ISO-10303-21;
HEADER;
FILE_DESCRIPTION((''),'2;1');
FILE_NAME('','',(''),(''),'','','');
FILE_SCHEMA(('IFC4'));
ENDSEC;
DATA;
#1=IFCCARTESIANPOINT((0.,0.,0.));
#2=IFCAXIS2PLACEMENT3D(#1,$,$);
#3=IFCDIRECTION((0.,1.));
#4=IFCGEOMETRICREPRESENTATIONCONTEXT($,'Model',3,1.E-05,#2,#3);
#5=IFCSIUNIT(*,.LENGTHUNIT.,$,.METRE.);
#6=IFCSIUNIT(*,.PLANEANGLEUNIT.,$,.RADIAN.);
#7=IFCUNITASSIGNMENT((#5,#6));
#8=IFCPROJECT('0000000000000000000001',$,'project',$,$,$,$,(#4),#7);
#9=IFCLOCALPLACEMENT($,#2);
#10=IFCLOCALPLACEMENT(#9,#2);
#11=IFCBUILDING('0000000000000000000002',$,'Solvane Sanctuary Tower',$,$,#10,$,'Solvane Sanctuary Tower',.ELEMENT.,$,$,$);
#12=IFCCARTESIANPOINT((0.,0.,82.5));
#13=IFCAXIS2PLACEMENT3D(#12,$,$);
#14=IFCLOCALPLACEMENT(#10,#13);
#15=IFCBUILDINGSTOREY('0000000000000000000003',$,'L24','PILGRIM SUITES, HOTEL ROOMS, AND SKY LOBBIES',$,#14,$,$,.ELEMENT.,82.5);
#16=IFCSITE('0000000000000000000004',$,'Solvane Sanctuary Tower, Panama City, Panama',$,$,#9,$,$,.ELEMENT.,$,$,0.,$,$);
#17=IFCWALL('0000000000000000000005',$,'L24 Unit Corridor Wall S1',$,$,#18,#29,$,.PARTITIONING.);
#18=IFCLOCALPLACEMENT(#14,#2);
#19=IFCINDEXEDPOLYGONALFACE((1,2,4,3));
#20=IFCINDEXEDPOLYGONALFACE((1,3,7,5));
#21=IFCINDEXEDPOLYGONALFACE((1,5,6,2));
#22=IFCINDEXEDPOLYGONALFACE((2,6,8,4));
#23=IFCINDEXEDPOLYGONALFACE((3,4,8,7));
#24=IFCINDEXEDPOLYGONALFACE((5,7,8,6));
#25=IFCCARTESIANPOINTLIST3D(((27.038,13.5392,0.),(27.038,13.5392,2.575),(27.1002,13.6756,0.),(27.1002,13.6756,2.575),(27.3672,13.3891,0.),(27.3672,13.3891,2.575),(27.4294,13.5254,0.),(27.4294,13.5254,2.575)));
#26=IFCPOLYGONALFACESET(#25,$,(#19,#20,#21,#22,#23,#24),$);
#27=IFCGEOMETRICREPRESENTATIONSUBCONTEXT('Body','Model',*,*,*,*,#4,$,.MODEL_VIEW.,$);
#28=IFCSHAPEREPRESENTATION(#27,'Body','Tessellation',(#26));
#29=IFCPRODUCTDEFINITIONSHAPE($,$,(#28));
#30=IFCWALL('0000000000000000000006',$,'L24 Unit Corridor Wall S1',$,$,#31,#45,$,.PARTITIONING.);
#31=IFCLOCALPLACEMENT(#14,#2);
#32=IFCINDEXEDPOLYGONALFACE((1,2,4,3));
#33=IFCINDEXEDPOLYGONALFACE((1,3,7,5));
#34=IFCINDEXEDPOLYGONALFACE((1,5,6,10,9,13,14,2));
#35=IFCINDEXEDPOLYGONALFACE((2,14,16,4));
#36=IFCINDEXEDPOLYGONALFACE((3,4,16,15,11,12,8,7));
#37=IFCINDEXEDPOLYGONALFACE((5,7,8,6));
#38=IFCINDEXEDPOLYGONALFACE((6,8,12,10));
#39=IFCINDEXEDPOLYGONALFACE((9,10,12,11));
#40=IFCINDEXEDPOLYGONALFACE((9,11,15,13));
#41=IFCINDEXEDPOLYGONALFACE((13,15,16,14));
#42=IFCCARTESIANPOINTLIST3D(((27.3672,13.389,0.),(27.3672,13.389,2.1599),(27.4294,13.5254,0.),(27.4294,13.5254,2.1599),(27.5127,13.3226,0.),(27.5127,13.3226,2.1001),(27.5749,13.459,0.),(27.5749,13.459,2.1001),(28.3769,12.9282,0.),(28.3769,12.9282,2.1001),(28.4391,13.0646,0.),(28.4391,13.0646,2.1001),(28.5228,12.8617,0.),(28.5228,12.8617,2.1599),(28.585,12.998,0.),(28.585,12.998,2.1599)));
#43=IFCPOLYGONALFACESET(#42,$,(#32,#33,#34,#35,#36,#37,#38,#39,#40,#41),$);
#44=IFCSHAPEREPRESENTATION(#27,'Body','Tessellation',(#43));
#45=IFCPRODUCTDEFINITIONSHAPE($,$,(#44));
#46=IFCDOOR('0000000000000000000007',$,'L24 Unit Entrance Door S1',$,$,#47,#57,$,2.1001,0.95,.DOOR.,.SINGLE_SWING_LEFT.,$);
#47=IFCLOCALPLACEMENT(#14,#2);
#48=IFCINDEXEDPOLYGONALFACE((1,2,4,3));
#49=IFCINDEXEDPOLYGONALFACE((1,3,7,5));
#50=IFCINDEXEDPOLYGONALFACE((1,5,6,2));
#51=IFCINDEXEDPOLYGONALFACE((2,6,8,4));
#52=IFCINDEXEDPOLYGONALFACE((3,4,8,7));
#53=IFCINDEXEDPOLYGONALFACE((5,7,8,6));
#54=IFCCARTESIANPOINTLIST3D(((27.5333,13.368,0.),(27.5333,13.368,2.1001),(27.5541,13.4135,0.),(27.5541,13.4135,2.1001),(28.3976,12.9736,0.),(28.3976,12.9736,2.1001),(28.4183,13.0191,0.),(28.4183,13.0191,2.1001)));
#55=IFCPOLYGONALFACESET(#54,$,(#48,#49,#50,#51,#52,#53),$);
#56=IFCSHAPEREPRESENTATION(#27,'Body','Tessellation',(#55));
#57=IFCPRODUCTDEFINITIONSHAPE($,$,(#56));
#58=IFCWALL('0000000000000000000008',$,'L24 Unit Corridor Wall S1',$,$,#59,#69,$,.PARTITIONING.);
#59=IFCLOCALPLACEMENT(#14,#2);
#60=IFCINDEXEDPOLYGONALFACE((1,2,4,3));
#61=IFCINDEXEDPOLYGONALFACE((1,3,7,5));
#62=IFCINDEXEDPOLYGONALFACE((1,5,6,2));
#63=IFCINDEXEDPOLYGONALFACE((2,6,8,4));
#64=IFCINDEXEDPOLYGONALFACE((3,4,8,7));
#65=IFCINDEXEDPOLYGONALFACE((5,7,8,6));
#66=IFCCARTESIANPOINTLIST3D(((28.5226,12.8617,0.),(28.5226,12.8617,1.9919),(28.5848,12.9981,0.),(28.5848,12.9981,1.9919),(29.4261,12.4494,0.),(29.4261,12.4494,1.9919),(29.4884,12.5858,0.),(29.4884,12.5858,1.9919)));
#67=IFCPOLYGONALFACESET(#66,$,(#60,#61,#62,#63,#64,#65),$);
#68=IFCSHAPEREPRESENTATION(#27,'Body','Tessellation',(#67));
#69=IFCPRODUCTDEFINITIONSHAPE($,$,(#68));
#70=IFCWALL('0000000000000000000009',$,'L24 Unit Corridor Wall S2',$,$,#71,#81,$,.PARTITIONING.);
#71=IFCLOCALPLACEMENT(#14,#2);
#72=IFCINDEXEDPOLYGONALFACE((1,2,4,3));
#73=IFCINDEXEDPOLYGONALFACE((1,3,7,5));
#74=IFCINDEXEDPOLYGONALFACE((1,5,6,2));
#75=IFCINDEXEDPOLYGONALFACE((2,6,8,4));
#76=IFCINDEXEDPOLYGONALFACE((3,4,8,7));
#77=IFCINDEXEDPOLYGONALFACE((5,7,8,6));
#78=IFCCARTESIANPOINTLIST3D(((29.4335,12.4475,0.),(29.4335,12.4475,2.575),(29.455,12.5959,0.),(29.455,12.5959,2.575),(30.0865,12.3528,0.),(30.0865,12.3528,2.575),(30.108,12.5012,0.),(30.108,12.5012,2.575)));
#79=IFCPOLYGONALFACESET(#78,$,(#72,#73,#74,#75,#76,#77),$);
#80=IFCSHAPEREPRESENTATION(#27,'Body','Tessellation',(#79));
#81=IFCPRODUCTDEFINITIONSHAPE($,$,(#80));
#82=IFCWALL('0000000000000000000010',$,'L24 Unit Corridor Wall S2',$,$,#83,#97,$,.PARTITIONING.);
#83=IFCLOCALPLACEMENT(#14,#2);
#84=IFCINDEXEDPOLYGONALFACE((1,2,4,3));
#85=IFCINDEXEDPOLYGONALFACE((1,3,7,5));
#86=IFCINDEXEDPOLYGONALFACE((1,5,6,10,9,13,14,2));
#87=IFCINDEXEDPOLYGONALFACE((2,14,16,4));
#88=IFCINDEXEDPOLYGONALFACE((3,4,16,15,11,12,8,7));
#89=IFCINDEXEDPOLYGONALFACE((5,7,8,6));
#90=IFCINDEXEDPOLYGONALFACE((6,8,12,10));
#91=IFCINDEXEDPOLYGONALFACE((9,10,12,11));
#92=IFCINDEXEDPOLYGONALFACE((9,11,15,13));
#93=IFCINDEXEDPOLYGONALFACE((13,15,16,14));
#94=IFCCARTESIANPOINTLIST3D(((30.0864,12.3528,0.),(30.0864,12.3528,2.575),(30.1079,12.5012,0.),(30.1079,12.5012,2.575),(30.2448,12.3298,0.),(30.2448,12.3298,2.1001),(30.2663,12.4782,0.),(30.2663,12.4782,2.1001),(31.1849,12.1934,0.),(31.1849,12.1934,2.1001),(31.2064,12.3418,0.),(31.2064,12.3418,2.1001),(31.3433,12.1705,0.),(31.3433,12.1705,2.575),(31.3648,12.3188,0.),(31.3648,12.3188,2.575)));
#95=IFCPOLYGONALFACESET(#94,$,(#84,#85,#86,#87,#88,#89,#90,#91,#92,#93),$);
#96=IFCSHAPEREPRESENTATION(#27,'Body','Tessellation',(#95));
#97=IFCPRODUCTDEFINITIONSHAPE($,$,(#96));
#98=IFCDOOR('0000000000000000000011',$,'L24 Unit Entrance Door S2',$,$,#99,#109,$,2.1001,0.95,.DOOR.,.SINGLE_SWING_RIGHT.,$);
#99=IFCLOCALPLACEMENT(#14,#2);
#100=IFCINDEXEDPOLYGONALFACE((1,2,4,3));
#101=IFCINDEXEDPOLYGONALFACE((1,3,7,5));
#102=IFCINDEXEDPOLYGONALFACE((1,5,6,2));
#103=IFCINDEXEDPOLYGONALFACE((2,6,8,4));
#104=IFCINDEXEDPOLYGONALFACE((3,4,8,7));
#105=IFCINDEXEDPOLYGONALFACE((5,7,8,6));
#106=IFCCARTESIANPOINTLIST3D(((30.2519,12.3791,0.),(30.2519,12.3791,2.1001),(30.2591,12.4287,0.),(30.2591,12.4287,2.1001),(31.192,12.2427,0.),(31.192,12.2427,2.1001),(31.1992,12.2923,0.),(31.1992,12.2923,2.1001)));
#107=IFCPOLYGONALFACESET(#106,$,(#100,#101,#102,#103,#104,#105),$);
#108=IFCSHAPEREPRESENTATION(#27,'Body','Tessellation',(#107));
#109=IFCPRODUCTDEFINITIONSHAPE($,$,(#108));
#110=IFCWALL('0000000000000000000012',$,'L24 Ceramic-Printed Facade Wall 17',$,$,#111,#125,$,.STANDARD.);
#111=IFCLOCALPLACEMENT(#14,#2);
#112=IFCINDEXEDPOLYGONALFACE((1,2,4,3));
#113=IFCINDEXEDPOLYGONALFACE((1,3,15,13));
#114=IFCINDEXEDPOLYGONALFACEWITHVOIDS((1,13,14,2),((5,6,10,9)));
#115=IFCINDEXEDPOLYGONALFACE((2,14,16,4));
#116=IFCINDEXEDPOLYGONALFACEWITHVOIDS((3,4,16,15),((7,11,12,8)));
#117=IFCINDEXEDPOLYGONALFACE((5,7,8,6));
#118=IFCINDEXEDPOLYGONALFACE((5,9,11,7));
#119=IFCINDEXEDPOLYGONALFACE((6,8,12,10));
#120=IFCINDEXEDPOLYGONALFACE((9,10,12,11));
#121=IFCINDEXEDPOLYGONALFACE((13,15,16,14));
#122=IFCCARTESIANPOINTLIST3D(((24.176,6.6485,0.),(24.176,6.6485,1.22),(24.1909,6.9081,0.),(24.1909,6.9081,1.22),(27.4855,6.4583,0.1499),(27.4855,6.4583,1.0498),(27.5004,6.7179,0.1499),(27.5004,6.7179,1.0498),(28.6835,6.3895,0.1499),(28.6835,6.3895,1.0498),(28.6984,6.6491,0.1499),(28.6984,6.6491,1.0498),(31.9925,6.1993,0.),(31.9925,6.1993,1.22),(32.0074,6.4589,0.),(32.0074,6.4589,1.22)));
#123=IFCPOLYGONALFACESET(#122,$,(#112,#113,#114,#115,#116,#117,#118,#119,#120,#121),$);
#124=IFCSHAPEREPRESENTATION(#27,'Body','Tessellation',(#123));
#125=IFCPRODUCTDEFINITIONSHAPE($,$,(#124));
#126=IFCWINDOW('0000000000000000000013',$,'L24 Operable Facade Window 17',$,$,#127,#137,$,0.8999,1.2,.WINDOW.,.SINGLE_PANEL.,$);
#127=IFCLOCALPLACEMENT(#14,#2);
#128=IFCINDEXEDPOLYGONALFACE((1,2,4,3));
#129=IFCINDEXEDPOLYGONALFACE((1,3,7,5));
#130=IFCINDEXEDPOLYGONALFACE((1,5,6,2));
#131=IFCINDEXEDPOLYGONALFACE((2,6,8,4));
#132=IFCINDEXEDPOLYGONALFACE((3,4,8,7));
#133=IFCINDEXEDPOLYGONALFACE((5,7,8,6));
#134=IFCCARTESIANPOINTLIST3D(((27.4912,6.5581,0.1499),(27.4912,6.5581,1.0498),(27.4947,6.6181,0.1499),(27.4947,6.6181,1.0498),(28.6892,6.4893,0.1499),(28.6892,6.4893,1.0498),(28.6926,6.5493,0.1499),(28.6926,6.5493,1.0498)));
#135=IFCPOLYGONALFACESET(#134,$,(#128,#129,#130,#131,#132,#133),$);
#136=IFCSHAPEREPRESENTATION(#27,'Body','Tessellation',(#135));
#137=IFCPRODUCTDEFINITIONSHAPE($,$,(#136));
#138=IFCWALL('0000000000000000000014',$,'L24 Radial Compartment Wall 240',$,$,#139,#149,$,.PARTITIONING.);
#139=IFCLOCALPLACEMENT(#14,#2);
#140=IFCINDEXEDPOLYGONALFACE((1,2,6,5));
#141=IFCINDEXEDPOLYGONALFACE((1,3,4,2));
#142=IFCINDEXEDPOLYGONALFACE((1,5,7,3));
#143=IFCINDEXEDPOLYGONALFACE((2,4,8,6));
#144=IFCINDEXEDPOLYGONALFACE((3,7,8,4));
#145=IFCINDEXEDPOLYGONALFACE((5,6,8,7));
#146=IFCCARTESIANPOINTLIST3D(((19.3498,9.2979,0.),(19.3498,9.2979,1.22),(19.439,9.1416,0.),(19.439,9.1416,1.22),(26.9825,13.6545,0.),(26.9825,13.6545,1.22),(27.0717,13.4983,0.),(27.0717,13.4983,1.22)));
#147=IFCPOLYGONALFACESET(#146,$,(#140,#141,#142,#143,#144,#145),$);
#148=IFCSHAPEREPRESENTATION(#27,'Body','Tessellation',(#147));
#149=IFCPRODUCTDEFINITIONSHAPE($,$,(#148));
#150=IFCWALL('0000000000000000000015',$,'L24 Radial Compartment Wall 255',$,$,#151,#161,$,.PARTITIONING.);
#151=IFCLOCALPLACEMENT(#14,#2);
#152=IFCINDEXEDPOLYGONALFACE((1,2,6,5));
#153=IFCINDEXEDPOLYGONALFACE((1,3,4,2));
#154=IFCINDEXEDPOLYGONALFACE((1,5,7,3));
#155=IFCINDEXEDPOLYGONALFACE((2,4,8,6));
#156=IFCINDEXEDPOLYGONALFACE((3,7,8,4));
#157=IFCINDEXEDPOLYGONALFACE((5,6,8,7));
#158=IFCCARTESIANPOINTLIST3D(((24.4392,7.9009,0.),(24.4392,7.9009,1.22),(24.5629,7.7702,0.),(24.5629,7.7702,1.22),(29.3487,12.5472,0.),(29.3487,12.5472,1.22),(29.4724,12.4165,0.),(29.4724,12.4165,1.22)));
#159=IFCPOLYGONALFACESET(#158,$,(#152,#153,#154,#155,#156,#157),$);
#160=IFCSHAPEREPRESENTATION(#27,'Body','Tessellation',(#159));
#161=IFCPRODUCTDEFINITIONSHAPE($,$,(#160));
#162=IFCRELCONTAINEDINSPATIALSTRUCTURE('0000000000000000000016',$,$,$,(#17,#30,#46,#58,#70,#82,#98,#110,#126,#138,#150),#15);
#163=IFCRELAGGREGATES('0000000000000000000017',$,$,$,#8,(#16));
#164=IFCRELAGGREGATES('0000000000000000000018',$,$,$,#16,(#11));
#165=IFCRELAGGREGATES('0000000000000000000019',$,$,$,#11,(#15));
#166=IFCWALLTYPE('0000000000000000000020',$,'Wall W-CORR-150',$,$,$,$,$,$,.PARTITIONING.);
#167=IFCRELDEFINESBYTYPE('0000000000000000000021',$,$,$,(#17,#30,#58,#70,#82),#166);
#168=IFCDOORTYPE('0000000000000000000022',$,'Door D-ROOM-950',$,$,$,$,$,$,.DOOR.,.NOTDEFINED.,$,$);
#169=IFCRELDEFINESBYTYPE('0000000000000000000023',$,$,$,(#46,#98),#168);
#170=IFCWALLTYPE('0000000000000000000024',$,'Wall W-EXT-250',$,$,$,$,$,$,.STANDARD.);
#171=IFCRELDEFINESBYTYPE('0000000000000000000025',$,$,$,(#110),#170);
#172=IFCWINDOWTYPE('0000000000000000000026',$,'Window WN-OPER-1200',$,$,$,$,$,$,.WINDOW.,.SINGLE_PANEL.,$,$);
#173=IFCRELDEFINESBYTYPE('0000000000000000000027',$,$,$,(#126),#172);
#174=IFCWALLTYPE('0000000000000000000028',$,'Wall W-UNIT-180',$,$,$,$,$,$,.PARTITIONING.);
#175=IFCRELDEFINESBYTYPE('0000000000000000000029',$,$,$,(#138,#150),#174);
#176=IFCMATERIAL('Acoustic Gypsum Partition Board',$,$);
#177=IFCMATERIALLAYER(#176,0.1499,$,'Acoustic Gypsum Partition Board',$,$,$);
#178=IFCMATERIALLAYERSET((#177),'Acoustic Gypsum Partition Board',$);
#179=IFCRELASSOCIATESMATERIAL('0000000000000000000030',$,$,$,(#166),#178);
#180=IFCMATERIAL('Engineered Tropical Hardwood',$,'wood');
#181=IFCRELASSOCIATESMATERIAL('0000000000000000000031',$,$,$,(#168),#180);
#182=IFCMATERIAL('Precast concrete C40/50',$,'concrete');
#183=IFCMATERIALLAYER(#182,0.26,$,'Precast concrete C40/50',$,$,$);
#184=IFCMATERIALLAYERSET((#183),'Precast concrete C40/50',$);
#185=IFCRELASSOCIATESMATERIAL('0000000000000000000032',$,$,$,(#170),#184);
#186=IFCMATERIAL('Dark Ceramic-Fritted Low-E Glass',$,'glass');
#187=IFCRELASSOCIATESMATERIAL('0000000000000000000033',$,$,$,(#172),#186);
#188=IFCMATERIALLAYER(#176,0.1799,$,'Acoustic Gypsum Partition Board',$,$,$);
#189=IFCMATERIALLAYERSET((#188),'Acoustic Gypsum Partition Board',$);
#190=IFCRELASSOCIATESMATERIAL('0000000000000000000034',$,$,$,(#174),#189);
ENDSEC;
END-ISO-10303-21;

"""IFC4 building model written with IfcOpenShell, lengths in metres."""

from ifc_helpers import new_model, si_unit, direction, frame, frame_2d, origin, place, context, subcontext, project, spatial, rectangle, extrude, material, layer, layer_set, type_object, element, fill, save


model = new_model("IFC4")

# Units and contexts
model_context = context("Model", 3, precision=1e-05, world=origin(), true_north=direction((0.0, 1.0)))
body_context = subcontext(model_context, "Body", "Model", "MODEL_VIEW")
ifc_project = project(units=[si_unit("LENGTHUNIT", "METRE"), si_unit("PLANEANGLEUNIT", "RADIAN")], contexts=[model_context])

# Site, building, storey
site_placement = place(None, origin())
site = spatial("IfcSite", under=ifc_project, at=site_placement, Name="Solvane Sanctuary Tower, Panama City, Panama", CompositionType="ELEMENT", RefElevation=0.0)
building_placement = place(site_placement, origin())
building = spatial("IfcBuilding", under=site, at=building_placement, Name="Solvane Sanctuary Tower", LongName="Solvane Sanctuary Tower", CompositionType="ELEMENT")
storey_placement = place(building_placement, frame((0.0, 0.0, 82.5)))
storey = spatial("IfcBuildingStorey", under=building, at=storey_placement, Name="L24", Description="PILGRIM SUITES, HOTEL ROOMS, AND SKY LOBBIES", CompositionType="ELEMENT", Elevation=82.5)

# Shared definitions
ifc_material_1 = material(Name="Dark Ceramic-Fritted Low-E Glass", Category="glass")

# Wall
ifc_material_2 = material(Name="Acoustic Gypsum Partition Board")
ifc_layer_1 = layer(ifc_material_2, 0.1499, Name="Acoustic Gypsum Partition Board")
ifc_layer_set_1 = layer_set([ifc_layer_1], Name="Acoustic Gypsum Partition Board")
wall_type_1 = type_object("IfcWallType", Name="Wall W-CORR-150", PredefinedType="PARTITIONING", material=ifc_layer_set_1)
wall_1_placement = place(storey_placement, frame((27.0691, 13.6074, 0.0), z_axis=(0.0, 0.0, 1.0), x_axis=(0.909788, -0.415074, 0.0)))
element("IfcWall", 1, at=wall_1_placement, inside=storey, type_object=wall_type_1, Name="L24 Unit Corridor Wall S1", PredefinedType="PARTITIONING", context=body_context, shape_type="SweptSolid", body=[
    extrude(rectangle(XDim=0.3618, YDim=0.1499, at=frame_2d((0.1809, 0.0))), origin(), (0.0, 0.0, 1.0), 2.575),
])

# Wall, opening, door
wall_2_placement = place(storey_placement, frame((27.3982, 13.4573, 0.0), z_axis=(0.0, 0.0, 1.0), x_axis=(0.90974, -0.415178, 0.0)))
wall_2 = element("IfcWall", 2, at=wall_2_placement, inside=storey, type_object=wall_type_1, Name="L24 Unit Corridor Wall S1", PredefinedType="PARTITIONING", context=body_context, shape_type="SweptSolid", body=[
    extrude(rectangle(XDim=1.2703, YDim=0.1499, at=frame_2d((0.6353, 0.0))), origin(), (0.0, 0.0, 1.0), 2.1599),
])
opening_1_placement = place(wall_2_placement, frame((0.1599, 0.0, 0.0)))
opening_1 = element("IfcOpeningElement", 3, at=opening_1_placement, cuts=wall_2, PredefinedType="OPENING", context=body_context, shape_type="SweptSolid", body=[
    extrude(rectangle(XDim=0.95, YDim=2.1001, at=frame_2d((0.4751, 1.05))), frame((0.0, 0.085, 0.0), z_axis=(0.0, -1.0, 0.0), x_axis=(1.0, 0.0, 0.0)), (0.0, 0.0, 1.0), 0.1699),
])
ifc_material_3 = material(Name="Engineered Tropical Hardwood", Category="wood")
door_type = type_object("IfcDoorType", Name="Door D-ROOM-950", OperationType="NOTDEFINED", PredefinedType="DOOR", material=ifc_material_3)
door_1_placement = place(opening_1_placement, origin())
door_1 = element("IfcDoor", 4, at=door_1_placement, inside=storey, type_object=door_type, Name="L24 Unit Entrance Door S1", OperationType="SINGLE_SWING_LEFT", OverallHeight=2.1001, OverallWidth=0.95, PredefinedType="DOOR", context=body_context, shape_type="SweptSolid", body=[
    extrude(rectangle(XDim=0.95, YDim=2.1001, at=frame_2d((0.4751, 1.05))), frame((0.0, 0.0249, 0.0), z_axis=(0.0, -1.0, 0.0), x_axis=(1.0, 0.0, 0.0)), (0.0, 0.0, 1.0), 0.05),
])
fill(opening_1, door_1)

# Walls
wall_3_placement = place(storey_placement, frame((28.5537, 12.9299, 0.0), z_axis=(0.0, 0.0, 1.0), x_axis=(0.909743, -0.415173, 0.0)))
element("IfcWall", 5, at=wall_3_placement, inside=storey, type_object=wall_type_1, Name="L24 Unit Corridor Wall S1", PredefinedType="PARTITIONING", context=body_context, shape_type="SweptSolid", body=[
    extrude(rectangle(XDim=0.9932, YDim=0.1499, at=frame_2d((0.4966, 0.0))), origin(), (0.0, 0.0, 1.0), 1.9919),
])
wall_4_placement = place(storey_placement, frame((29.4441, 12.5217, 0.0), z_axis=(0.0, 0.0, 1.0), x_axis=(0.989644, -0.143545, 0.0)))
element("IfcWall", 6, at=wall_4_placement, inside=storey, type_object=wall_type_1, Name="L24 Unit Corridor Wall S2", PredefinedType="PARTITIONING", context=body_context, shape_type="SweptSolid", body=[
    extrude(rectangle(XDim=0.6599, YDim=0.1499, at=frame_2d((0.3301, 0.0))), origin(), (0.0, 0.0, 1.0), 2.575),
])

# Wall, opening, door
wall_5_placement = place(storey_placement, frame((30.0972, 12.427, 0.0), z_axis=(0.0, 0.0, 1.0), x_axis=(0.989636, -0.143601, 0.0)))
wall_5 = element("IfcWall", 7, at=wall_5_placement, inside=storey, type_object=wall_type_1, Name="L24 Unit Corridor Wall S2", PredefinedType="PARTITIONING", context=body_context, shape_type="SweptSolid", body=[
    extrude(rectangle(XDim=1.27, YDim=0.1499, at=frame_2d((0.635, 0.0))), origin(), (0.0, 0.0, 1.0), 2.575),
])
opening_2_placement = place(wall_5_placement, frame((0.1599, 0.0, 0.0)))
opening_2 = element("IfcOpeningElement", 8, at=opening_2_placement, cuts=wall_5, PredefinedType="OPENING", context=body_context, shape_type="SweptSolid", body=[
    extrude(rectangle(XDim=0.95, YDim=2.1001, at=frame_2d((0.4751, 1.05))), frame((0.0, 0.085, 0.0), z_axis=(0.0, -1.0, 0.0), x_axis=(1.0, 0.0, 0.0)), (0.0, 0.0, 1.0), 0.1699),
])
door_2_placement = place(opening_2_placement, origin())
door_2 = element("IfcDoor", 9, at=door_2_placement, inside=storey, type_object=door_type, Name="L24 Unit Entrance Door S2", OperationType="SINGLE_SWING_RIGHT", OverallHeight=2.1001, OverallWidth=0.95, PredefinedType="DOOR", context=body_context, shape_type="SweptSolid", body=[
    extrude(rectangle(XDim=0.95, YDim=2.1001, at=frame_2d((0.4751, 1.05))), frame((0.0, 0.0249, 0.0), z_axis=(0.0, -1.0, 0.0), x_axis=(1.0, 0.0, 0.0)), (0.0, 0.0, 1.0), 0.05),
])
fill(opening_2, door_2)

# Wall, opening, window
ifc_material_4 = material(Name="Precast concrete C40/50", Category="concrete")
ifc_layer_2 = layer(ifc_material_4, 0.26, Name="Precast concrete C40/50")
ifc_layer_set_2 = layer_set([ifc_layer_2], Name="Precast concrete C40/50")
wall_type_2 = type_object("IfcWallType", Name="Wall W-EXT-250", PredefinedType="STANDARD", material=ifc_layer_set_2)
wall_6_placement = place(storey_placement, frame((24.1836, 6.7783, 0.0), z_axis=(0.0, 0.0, 1.0), x_axis=(0.998353, -0.057377, 0.0)))
wall_6 = element("IfcWall", 10, at=wall_6_placement, inside=storey, type_object=wall_type_2, Name="L24 Ceramic-Printed Facade Wall 17", PredefinedType="STANDARD", context=body_context, shape_type="SweptSolid", body=[
    extrude(rectangle(XDim=7.8293, YDim=0.26, at=frame_2d((3.9146, 0.0))), origin(), (0.0, 0.0, 1.0), 1.22),
])
opening_3_placement = place(wall_6_placement, frame((3.3147, 0.0, 0.1499)))
opening_3 = element("IfcOpeningElement", 11, at=opening_3_placement, cuts=wall_6, PredefinedType="OPENING", context=body_context, shape_type="SweptSolid", body=[
    extrude(rectangle(XDim=1.2, YDim=0.8999, at=frame_2d((0.6001, 0.45))), frame((0.0, 0.1399, 0.0), z_axis=(0.0, -1.0, 0.0), x_axis=(1.0, 0.0, 0.0)), (0.0, 0.0, 1.0), 0.28),
])
window_type = type_object("IfcWindowType", Name="Window WN-OPER-1200", PartitioningType="SINGLE_PANEL", PredefinedType="WINDOW", material=ifc_material_1)
window_placement = place(opening_3_placement, origin())
window = element("IfcWindow", 12, at=window_placement, inside=storey, type_object=window_type, Name="L24 Operable Facade Window 17", OverallHeight=0.8999, OverallWidth=1.2, PartitioningType="SINGLE_PANEL", PredefinedType="WINDOW", context=body_context, shape_type="SweptSolid", body=[
    extrude(rectangle(XDim=1.2, YDim=0.8999, at=frame_2d((0.6001, 0.45))), frame((0.0, 0.03, 0.0), z_axis=(0.0, -1.0, 0.0), x_axis=(1.0, 0.0, 0.0)), (0.0, 0.0, 1.0), 0.0601),
])
fill(opening_3, window)

# Walls
ifc_layer_3 = layer(ifc_material_2, 0.1799, Name="Acoustic Gypsum Partition Board")
ifc_layer_set_3 = layer_set([ifc_layer_3], Name="Acoustic Gypsum Partition Board")
wall_type_3 = type_object("IfcWallType", Name="Wall W-UNIT-180", PredefinedType="PARTITIONING", material=ifc_layer_set_3)
wall_7_placement = place(storey_placement, frame((27.0271, 13.5764, 0.0), z_axis=(0.0, 0.0, 1.0), x_axis=(-0.868484, -0.495717, 0.0)))
element("IfcWall", 13, at=wall_7_placement, inside=storey, type_object=wall_type_3, Name="L24 Radial Compartment Wall 240", PredefinedType="PARTITIONING", context=body_context, shape_type="SweptSolid", body=[
    extrude(rectangle(XDim=8.7886, YDim=0.1799, at=frame_2d((4.3943, 0.0))), origin(), (0.0, 0.0, 1.0), 1.22),
])
wall_8_placement = place(storey_placement, frame((29.4106, 12.4819, 0.0), z_axis=(0.0, 0.0, 1.0), x_axis=(-0.726307, -0.687371, 0.0)))
element("IfcWall", 14, at=wall_8_placement, inside=storey, type_object=wall_type_3, Name="L24 Radial Compartment Wall 255", PredefinedType="PARTITIONING", context=body_context, shape_type="SweptSolid", body=[
    extrude(rectangle(XDim=6.7595, YDim=0.1799, at=frame_2d((3.3799, 0.0))), origin(), (0.0, 0.0, 1.0), 1.22),
])

save(model, "model.ifc")
